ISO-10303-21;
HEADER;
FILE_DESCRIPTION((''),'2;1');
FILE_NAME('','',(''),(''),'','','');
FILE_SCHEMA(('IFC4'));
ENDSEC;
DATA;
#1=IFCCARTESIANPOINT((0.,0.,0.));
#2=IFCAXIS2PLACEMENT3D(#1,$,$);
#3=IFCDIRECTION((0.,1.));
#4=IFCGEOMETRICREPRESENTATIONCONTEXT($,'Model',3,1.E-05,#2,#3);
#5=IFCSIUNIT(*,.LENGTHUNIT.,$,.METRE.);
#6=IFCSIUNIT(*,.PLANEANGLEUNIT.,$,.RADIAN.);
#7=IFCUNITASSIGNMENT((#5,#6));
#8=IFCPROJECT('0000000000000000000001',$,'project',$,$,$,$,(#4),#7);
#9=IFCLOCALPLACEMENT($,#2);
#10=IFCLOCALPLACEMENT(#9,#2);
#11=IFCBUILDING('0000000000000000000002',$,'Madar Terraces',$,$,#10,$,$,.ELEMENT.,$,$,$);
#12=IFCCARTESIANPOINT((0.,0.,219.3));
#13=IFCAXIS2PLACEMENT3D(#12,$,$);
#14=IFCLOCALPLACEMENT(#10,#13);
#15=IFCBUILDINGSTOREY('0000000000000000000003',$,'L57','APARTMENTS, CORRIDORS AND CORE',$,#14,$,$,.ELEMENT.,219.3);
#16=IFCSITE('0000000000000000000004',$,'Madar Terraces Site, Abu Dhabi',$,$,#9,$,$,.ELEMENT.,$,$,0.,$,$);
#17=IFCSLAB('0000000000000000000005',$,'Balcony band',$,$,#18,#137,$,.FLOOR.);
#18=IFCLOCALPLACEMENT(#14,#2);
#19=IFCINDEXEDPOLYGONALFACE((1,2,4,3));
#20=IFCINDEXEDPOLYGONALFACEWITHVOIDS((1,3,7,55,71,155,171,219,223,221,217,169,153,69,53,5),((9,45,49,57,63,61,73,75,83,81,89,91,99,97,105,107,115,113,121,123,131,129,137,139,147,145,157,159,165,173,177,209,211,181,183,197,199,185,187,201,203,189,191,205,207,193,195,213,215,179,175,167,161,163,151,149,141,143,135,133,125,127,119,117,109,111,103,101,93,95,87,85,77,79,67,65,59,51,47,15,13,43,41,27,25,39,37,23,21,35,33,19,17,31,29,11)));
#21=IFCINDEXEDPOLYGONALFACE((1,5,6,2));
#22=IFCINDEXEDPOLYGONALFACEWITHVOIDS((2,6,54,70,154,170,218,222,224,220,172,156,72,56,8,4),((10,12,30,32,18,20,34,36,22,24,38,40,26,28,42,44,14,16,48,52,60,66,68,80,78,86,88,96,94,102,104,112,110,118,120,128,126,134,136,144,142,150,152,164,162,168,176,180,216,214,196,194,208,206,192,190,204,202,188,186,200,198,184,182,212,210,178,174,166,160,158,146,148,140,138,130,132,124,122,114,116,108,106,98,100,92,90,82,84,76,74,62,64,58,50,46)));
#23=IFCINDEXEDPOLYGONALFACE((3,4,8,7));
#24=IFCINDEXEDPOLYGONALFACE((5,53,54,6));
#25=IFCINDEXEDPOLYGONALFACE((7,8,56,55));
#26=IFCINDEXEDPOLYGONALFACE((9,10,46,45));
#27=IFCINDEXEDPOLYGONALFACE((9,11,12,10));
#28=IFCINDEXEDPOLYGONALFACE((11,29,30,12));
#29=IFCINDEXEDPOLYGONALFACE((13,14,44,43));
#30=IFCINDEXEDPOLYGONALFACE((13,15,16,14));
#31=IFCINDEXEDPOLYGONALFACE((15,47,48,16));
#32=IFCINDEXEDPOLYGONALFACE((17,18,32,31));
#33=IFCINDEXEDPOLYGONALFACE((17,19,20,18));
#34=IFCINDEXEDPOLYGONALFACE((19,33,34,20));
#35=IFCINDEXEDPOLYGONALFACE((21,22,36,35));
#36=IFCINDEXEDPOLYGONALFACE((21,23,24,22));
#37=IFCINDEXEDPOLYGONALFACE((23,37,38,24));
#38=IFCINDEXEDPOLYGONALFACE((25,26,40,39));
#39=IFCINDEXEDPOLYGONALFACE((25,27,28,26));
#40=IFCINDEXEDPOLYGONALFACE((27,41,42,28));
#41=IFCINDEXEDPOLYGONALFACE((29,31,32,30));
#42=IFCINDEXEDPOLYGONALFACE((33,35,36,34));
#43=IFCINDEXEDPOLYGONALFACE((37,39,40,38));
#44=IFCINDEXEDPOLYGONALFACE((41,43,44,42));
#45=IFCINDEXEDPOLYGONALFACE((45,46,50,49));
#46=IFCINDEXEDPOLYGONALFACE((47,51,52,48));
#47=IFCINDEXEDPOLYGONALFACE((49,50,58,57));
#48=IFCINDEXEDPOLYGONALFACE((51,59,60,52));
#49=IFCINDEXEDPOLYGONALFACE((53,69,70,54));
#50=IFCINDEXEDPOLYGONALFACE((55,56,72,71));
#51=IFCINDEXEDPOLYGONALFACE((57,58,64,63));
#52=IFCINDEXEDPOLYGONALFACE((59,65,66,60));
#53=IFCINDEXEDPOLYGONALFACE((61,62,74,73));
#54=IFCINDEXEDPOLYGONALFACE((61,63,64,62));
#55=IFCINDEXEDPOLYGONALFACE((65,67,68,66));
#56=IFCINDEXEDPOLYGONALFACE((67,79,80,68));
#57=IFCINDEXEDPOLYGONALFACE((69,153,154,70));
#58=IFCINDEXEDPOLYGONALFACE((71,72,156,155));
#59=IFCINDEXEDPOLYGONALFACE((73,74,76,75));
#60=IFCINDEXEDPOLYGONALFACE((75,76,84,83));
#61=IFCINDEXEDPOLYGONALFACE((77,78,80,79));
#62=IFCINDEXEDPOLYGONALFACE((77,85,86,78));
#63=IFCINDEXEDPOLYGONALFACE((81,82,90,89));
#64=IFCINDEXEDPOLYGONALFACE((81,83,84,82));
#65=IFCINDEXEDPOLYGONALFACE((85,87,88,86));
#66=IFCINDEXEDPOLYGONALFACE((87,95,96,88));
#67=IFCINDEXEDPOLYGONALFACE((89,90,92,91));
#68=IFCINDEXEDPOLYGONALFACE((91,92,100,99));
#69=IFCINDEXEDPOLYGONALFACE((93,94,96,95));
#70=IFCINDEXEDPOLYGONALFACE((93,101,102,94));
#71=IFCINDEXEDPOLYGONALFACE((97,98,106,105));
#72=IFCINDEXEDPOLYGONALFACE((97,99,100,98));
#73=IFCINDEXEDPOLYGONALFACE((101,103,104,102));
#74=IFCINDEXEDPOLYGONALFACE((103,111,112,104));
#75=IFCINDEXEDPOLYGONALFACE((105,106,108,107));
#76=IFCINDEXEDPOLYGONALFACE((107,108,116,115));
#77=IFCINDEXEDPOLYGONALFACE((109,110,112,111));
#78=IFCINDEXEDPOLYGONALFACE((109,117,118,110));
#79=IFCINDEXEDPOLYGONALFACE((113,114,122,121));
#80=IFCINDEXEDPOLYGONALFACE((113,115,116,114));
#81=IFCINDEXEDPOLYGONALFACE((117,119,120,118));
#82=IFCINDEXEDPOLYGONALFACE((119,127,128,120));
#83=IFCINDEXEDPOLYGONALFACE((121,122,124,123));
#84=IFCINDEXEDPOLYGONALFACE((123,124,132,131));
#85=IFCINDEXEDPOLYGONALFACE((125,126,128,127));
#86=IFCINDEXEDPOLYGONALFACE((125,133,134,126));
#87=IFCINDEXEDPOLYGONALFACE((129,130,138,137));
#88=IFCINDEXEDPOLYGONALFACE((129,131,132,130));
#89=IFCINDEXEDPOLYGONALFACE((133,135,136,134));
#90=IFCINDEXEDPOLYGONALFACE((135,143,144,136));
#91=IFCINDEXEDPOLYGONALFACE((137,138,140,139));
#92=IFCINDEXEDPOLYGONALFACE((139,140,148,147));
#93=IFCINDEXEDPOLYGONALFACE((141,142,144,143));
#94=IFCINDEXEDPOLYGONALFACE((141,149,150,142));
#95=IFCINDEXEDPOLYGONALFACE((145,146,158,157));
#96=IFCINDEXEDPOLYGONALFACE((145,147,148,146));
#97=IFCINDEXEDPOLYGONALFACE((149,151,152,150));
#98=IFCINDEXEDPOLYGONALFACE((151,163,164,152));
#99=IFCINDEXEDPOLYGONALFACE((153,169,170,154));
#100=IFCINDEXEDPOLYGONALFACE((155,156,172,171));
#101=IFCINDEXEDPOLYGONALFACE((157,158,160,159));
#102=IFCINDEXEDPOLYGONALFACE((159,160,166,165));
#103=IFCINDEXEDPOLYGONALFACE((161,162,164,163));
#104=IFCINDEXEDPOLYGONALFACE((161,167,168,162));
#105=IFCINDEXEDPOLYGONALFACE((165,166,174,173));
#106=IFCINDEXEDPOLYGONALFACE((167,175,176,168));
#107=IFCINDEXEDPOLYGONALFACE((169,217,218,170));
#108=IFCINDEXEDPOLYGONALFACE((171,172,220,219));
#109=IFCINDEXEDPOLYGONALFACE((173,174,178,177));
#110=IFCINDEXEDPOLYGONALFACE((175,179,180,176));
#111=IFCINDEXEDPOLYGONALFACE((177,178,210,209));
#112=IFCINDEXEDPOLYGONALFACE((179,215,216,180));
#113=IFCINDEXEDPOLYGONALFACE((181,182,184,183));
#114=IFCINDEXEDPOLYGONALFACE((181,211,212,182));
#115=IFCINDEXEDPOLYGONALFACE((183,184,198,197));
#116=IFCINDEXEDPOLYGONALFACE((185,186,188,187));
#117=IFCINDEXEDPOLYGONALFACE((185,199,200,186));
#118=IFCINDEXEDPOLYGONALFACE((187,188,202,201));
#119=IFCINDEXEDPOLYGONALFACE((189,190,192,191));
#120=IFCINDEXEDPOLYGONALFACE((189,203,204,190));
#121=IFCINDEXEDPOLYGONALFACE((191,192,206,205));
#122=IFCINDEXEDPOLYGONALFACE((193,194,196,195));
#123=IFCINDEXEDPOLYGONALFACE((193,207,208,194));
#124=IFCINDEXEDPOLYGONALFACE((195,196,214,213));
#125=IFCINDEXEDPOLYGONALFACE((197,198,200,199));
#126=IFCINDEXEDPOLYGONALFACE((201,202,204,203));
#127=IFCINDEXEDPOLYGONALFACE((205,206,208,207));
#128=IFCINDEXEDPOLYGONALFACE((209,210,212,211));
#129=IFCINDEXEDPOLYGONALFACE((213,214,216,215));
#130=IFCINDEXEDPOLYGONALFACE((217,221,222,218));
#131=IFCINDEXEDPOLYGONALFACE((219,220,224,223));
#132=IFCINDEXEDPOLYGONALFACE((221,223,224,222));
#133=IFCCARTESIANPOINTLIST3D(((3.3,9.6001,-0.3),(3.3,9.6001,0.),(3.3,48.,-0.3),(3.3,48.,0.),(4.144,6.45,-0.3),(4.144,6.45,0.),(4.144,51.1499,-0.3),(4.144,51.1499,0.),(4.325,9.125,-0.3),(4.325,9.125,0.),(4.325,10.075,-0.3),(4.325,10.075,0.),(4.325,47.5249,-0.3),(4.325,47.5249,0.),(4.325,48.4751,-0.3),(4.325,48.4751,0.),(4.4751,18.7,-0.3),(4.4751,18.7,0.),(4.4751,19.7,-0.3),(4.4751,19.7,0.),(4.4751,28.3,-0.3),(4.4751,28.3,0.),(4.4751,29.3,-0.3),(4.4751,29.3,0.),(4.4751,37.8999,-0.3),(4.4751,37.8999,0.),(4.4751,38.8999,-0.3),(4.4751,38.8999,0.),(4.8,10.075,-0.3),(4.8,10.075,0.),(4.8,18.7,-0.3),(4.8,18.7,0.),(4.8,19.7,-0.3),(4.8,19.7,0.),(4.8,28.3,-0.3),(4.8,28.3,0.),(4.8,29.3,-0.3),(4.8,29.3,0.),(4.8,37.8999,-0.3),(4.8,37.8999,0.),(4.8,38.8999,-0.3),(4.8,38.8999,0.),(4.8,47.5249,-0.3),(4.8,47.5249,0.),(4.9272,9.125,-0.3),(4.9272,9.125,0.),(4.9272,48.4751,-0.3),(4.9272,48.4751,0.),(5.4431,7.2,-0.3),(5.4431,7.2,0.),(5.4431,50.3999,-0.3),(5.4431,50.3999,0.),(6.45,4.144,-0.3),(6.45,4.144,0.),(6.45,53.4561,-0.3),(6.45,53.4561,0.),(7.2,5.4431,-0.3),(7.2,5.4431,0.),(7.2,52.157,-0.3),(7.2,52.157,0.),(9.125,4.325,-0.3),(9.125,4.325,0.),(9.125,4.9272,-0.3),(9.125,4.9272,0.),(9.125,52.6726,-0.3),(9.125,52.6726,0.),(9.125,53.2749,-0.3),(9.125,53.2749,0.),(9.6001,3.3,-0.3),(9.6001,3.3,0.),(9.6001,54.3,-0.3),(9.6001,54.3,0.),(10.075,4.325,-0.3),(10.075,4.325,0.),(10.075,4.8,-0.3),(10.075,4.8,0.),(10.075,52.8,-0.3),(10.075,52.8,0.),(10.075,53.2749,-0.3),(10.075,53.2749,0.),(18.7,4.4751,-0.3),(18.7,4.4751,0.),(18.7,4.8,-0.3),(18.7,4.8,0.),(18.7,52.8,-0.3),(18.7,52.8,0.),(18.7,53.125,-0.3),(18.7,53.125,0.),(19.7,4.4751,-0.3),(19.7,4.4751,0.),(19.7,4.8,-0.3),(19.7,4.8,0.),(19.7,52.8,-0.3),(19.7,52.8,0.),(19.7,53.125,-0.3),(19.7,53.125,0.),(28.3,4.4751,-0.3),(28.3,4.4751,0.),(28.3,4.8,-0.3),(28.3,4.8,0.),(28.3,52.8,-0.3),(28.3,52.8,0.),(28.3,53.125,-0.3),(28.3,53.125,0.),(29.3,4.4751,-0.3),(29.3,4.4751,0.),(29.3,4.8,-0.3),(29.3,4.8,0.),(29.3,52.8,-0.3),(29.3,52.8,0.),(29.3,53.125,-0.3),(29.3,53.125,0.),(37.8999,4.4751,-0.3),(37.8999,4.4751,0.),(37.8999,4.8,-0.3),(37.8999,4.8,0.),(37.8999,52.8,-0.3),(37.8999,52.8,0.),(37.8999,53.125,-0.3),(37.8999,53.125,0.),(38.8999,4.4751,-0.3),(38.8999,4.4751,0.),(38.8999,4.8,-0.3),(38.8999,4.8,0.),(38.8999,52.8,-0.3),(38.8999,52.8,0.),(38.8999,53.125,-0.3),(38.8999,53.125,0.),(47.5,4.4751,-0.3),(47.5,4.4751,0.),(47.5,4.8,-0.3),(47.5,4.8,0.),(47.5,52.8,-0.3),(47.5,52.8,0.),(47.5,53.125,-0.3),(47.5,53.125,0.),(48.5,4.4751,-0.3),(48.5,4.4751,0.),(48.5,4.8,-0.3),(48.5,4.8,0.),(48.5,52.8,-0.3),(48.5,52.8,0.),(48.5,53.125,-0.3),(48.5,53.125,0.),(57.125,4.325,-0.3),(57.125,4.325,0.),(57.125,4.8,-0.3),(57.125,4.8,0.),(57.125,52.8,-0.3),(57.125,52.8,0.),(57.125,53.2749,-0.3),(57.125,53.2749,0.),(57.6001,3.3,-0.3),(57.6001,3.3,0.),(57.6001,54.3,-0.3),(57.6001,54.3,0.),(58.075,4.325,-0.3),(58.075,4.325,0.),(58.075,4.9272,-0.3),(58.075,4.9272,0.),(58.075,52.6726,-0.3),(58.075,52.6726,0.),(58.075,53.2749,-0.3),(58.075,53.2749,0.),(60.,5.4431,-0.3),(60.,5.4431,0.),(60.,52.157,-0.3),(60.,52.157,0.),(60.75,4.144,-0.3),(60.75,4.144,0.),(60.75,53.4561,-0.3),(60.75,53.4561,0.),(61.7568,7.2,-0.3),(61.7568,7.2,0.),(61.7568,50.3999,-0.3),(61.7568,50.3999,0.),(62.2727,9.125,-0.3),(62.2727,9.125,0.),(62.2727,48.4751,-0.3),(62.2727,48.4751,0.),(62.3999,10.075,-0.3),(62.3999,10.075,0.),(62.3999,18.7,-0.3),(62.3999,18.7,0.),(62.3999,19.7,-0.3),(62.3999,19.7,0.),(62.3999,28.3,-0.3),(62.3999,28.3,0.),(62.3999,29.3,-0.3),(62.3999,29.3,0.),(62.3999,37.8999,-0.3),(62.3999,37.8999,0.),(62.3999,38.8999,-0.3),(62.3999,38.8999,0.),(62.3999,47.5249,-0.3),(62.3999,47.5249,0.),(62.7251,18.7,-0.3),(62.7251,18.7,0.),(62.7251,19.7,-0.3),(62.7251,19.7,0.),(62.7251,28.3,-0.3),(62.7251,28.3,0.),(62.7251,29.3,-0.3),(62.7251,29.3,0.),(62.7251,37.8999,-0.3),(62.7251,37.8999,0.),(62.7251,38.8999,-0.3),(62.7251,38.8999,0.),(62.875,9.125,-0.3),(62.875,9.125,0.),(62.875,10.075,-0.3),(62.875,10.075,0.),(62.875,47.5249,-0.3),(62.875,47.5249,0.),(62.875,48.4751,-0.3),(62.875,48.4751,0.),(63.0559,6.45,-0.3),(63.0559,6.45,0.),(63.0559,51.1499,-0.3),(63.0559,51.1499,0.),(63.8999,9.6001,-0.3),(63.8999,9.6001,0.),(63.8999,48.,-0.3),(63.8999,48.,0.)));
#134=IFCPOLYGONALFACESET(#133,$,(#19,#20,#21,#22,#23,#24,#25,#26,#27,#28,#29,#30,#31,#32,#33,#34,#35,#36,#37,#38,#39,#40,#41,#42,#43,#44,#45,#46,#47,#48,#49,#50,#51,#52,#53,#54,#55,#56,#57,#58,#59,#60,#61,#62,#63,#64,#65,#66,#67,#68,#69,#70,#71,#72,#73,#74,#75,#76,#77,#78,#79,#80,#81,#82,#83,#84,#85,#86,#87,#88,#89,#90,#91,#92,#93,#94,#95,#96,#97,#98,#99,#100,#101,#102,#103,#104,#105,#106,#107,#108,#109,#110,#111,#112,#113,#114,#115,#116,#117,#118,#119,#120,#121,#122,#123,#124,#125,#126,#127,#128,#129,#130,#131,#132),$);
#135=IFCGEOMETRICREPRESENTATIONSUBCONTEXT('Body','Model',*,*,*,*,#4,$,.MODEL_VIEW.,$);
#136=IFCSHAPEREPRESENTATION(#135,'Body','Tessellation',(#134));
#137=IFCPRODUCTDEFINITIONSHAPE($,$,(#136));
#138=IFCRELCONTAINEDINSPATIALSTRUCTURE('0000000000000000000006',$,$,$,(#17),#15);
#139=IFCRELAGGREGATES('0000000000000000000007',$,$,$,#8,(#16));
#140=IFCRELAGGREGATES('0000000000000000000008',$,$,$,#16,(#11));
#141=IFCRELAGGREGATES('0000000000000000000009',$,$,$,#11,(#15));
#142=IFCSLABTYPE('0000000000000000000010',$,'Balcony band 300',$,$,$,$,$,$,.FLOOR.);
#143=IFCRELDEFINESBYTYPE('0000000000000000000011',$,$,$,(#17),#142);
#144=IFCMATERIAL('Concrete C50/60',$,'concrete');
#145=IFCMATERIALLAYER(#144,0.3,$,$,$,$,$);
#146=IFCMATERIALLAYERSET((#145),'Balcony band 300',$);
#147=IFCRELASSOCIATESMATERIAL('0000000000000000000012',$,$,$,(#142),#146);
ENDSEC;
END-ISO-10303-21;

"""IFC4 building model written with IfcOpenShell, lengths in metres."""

from ifc_helpers import new_model, si_unit, direction, frame, origin, place, context, subcontext, project, spatial, polyline, outline, extrude, material, layer, layer_set, type_object, element, save


model = new_model("IFC4")

# Units and contexts
model_context = context("Model", 3, precision=1e-05, world=origin(), true_north=direction((0.0, 1.0)))
body_context = subcontext(model_context, "Body", "Model", "MODEL_VIEW")
ifc_project = project(units=[si_unit("LENGTHUNIT", "METRE"), si_unit("PLANEANGLEUNIT", "RADIAN")], contexts=[model_context])

# Site, building, storey
site_placement = place(None, origin())
site = spatial("IfcSite", under=ifc_project, at=site_placement, Name="Madar Terraces Site, Abu Dhabi", CompositionType="ELEMENT", RefElevation=0.0)
building_placement = place(site_placement, origin())
building = spatial("IfcBuilding", under=site, at=building_placement, Name="Madar Terraces", CompositionType="ELEMENT")
storey_placement = place(building_placement, frame((0.0, 0.0, 219.3)))
storey = spatial("IfcBuildingStorey", under=building, at=storey_placement, Name="L57", Description="APARTMENTS, CORRIDORS AND CORE", CompositionType="ELEMENT", Elevation=219.3)

# Slab
ifc_material_1 = material(Name="Concrete C50/60", Category="concrete")
ifc_layer_1 = layer(ifc_material_1, 0.3)
ifc_layer_set_1 = layer_set([ifc_layer_1], Name="Balcony band 300")
slab_type_1 = type_object("IfcSlabType", Name="Balcony band 300", PredefinedType="FLOOR", material=ifc_layer_set_1)
slab_1_placement = place(storey_placement, frame((0.0, 0.0, -0.3)))
element("IfcSlab", 1, at=slab_1_placement, inside=storey, type_object=slab_type_1, Name="Balcony band", PredefinedType="FLOOR", context=body_context, shape_type="SweptSolid", body=[
    extrude(outline(polyline([(9.6001, 3.3), (6.45, 4.144), (4.144, 6.45), (3.3, 9.6001), (3.3, 48.0), (4.144, 51.1499), (6.45, 53.4561), (9.6001, 54.3), (57.6001, 54.3), (60.75, 53.4561), (63.0559, 51.1499), (63.8999, 48.0), (63.8999, 9.6001), (63.0559, 6.45), (60.75, 4.144), (57.6001, 3.3), (9.6001, 3.3)]), holes=[polyline([(10.075, 4.325), (10.075, 4.8), (18.7, 4.8), (18.7, 4.4751), (19.7, 4.4751), (19.7, 4.8), (28.3, 4.8), (28.3, 4.4751), (29.3, 4.4751), (29.3, 4.8), (37.8999, 4.8), (37.8999, 4.4751), (38.8999, 4.4751), (38.8999, 4.8), (47.5, 4.8), (47.5, 4.4751), (48.5, 4.4751), (48.5, 4.8), (57.125, 4.8), (57.125, 4.325), (58.075, 4.325), (58.075, 4.9272), (60.0, 5.4431), (61.7568, 7.2), (62.2727, 9.125), (62.875, 9.125), (62.875, 10.075), (62.3999, 10.075), (62.3999, 18.7), (62.7251, 18.7), (62.7251, 19.7), (62.3999, 19.7), (62.3999, 28.3), (62.7251, 28.3), (62.7251, 29.3), (62.3999, 29.3), (62.3999, 37.8999), (62.7251, 37.8999), (62.7251, 38.8999), (62.3999, 38.8999), (62.3999, 47.5249), (62.875, 47.5249), (62.875, 48.4751), (62.2727, 48.4751), (61.7568, 50.3999), (60.0, 52.157), (58.075, 52.6726), (58.075, 53.2749), (57.125, 53.2749), (57.125, 52.8), (48.5, 52.8), (48.5, 53.125), (47.5, 53.125), (47.5, 52.8), (38.8999, 52.8), (38.8999, 53.125), (37.8999, 53.125), (37.8999, 52.8), (29.3, 52.8), (29.3, 53.125), (28.3, 53.125), (28.3, 52.8), (19.7, 52.8), (19.7, 53.125), (18.7, 53.125), (18.7, 52.8), (10.075, 52.8), (10.075, 53.2749), (9.125, 53.2749), (9.125, 52.6726), (7.2, 52.157), (5.4431, 50.3999), (4.9272, 48.4751), (4.325, 48.4751), (4.325, 47.5249), (4.8, 47.5249), (4.8, 38.8999), (4.4751, 38.8999), (4.4751, 37.8999), (4.8, 37.8999), (4.8, 29.3), (4.4751, 29.3), (4.4751, 28.3), (4.8, 28.3), (4.8, 19.7), (4.4751, 19.7), (4.4751, 18.7), (4.8, 18.7), (4.8, 10.075), (4.325, 10.075), (4.325, 9.125), (4.9272, 9.125), (5.4431, 7.2), (7.2, 5.4431), (9.125, 4.9272), (9.125, 4.325), (10.075, 4.325)])]), origin(), (0.0, 0.0, 1.0), 0.3),
])

save(model, "model.ifc")
